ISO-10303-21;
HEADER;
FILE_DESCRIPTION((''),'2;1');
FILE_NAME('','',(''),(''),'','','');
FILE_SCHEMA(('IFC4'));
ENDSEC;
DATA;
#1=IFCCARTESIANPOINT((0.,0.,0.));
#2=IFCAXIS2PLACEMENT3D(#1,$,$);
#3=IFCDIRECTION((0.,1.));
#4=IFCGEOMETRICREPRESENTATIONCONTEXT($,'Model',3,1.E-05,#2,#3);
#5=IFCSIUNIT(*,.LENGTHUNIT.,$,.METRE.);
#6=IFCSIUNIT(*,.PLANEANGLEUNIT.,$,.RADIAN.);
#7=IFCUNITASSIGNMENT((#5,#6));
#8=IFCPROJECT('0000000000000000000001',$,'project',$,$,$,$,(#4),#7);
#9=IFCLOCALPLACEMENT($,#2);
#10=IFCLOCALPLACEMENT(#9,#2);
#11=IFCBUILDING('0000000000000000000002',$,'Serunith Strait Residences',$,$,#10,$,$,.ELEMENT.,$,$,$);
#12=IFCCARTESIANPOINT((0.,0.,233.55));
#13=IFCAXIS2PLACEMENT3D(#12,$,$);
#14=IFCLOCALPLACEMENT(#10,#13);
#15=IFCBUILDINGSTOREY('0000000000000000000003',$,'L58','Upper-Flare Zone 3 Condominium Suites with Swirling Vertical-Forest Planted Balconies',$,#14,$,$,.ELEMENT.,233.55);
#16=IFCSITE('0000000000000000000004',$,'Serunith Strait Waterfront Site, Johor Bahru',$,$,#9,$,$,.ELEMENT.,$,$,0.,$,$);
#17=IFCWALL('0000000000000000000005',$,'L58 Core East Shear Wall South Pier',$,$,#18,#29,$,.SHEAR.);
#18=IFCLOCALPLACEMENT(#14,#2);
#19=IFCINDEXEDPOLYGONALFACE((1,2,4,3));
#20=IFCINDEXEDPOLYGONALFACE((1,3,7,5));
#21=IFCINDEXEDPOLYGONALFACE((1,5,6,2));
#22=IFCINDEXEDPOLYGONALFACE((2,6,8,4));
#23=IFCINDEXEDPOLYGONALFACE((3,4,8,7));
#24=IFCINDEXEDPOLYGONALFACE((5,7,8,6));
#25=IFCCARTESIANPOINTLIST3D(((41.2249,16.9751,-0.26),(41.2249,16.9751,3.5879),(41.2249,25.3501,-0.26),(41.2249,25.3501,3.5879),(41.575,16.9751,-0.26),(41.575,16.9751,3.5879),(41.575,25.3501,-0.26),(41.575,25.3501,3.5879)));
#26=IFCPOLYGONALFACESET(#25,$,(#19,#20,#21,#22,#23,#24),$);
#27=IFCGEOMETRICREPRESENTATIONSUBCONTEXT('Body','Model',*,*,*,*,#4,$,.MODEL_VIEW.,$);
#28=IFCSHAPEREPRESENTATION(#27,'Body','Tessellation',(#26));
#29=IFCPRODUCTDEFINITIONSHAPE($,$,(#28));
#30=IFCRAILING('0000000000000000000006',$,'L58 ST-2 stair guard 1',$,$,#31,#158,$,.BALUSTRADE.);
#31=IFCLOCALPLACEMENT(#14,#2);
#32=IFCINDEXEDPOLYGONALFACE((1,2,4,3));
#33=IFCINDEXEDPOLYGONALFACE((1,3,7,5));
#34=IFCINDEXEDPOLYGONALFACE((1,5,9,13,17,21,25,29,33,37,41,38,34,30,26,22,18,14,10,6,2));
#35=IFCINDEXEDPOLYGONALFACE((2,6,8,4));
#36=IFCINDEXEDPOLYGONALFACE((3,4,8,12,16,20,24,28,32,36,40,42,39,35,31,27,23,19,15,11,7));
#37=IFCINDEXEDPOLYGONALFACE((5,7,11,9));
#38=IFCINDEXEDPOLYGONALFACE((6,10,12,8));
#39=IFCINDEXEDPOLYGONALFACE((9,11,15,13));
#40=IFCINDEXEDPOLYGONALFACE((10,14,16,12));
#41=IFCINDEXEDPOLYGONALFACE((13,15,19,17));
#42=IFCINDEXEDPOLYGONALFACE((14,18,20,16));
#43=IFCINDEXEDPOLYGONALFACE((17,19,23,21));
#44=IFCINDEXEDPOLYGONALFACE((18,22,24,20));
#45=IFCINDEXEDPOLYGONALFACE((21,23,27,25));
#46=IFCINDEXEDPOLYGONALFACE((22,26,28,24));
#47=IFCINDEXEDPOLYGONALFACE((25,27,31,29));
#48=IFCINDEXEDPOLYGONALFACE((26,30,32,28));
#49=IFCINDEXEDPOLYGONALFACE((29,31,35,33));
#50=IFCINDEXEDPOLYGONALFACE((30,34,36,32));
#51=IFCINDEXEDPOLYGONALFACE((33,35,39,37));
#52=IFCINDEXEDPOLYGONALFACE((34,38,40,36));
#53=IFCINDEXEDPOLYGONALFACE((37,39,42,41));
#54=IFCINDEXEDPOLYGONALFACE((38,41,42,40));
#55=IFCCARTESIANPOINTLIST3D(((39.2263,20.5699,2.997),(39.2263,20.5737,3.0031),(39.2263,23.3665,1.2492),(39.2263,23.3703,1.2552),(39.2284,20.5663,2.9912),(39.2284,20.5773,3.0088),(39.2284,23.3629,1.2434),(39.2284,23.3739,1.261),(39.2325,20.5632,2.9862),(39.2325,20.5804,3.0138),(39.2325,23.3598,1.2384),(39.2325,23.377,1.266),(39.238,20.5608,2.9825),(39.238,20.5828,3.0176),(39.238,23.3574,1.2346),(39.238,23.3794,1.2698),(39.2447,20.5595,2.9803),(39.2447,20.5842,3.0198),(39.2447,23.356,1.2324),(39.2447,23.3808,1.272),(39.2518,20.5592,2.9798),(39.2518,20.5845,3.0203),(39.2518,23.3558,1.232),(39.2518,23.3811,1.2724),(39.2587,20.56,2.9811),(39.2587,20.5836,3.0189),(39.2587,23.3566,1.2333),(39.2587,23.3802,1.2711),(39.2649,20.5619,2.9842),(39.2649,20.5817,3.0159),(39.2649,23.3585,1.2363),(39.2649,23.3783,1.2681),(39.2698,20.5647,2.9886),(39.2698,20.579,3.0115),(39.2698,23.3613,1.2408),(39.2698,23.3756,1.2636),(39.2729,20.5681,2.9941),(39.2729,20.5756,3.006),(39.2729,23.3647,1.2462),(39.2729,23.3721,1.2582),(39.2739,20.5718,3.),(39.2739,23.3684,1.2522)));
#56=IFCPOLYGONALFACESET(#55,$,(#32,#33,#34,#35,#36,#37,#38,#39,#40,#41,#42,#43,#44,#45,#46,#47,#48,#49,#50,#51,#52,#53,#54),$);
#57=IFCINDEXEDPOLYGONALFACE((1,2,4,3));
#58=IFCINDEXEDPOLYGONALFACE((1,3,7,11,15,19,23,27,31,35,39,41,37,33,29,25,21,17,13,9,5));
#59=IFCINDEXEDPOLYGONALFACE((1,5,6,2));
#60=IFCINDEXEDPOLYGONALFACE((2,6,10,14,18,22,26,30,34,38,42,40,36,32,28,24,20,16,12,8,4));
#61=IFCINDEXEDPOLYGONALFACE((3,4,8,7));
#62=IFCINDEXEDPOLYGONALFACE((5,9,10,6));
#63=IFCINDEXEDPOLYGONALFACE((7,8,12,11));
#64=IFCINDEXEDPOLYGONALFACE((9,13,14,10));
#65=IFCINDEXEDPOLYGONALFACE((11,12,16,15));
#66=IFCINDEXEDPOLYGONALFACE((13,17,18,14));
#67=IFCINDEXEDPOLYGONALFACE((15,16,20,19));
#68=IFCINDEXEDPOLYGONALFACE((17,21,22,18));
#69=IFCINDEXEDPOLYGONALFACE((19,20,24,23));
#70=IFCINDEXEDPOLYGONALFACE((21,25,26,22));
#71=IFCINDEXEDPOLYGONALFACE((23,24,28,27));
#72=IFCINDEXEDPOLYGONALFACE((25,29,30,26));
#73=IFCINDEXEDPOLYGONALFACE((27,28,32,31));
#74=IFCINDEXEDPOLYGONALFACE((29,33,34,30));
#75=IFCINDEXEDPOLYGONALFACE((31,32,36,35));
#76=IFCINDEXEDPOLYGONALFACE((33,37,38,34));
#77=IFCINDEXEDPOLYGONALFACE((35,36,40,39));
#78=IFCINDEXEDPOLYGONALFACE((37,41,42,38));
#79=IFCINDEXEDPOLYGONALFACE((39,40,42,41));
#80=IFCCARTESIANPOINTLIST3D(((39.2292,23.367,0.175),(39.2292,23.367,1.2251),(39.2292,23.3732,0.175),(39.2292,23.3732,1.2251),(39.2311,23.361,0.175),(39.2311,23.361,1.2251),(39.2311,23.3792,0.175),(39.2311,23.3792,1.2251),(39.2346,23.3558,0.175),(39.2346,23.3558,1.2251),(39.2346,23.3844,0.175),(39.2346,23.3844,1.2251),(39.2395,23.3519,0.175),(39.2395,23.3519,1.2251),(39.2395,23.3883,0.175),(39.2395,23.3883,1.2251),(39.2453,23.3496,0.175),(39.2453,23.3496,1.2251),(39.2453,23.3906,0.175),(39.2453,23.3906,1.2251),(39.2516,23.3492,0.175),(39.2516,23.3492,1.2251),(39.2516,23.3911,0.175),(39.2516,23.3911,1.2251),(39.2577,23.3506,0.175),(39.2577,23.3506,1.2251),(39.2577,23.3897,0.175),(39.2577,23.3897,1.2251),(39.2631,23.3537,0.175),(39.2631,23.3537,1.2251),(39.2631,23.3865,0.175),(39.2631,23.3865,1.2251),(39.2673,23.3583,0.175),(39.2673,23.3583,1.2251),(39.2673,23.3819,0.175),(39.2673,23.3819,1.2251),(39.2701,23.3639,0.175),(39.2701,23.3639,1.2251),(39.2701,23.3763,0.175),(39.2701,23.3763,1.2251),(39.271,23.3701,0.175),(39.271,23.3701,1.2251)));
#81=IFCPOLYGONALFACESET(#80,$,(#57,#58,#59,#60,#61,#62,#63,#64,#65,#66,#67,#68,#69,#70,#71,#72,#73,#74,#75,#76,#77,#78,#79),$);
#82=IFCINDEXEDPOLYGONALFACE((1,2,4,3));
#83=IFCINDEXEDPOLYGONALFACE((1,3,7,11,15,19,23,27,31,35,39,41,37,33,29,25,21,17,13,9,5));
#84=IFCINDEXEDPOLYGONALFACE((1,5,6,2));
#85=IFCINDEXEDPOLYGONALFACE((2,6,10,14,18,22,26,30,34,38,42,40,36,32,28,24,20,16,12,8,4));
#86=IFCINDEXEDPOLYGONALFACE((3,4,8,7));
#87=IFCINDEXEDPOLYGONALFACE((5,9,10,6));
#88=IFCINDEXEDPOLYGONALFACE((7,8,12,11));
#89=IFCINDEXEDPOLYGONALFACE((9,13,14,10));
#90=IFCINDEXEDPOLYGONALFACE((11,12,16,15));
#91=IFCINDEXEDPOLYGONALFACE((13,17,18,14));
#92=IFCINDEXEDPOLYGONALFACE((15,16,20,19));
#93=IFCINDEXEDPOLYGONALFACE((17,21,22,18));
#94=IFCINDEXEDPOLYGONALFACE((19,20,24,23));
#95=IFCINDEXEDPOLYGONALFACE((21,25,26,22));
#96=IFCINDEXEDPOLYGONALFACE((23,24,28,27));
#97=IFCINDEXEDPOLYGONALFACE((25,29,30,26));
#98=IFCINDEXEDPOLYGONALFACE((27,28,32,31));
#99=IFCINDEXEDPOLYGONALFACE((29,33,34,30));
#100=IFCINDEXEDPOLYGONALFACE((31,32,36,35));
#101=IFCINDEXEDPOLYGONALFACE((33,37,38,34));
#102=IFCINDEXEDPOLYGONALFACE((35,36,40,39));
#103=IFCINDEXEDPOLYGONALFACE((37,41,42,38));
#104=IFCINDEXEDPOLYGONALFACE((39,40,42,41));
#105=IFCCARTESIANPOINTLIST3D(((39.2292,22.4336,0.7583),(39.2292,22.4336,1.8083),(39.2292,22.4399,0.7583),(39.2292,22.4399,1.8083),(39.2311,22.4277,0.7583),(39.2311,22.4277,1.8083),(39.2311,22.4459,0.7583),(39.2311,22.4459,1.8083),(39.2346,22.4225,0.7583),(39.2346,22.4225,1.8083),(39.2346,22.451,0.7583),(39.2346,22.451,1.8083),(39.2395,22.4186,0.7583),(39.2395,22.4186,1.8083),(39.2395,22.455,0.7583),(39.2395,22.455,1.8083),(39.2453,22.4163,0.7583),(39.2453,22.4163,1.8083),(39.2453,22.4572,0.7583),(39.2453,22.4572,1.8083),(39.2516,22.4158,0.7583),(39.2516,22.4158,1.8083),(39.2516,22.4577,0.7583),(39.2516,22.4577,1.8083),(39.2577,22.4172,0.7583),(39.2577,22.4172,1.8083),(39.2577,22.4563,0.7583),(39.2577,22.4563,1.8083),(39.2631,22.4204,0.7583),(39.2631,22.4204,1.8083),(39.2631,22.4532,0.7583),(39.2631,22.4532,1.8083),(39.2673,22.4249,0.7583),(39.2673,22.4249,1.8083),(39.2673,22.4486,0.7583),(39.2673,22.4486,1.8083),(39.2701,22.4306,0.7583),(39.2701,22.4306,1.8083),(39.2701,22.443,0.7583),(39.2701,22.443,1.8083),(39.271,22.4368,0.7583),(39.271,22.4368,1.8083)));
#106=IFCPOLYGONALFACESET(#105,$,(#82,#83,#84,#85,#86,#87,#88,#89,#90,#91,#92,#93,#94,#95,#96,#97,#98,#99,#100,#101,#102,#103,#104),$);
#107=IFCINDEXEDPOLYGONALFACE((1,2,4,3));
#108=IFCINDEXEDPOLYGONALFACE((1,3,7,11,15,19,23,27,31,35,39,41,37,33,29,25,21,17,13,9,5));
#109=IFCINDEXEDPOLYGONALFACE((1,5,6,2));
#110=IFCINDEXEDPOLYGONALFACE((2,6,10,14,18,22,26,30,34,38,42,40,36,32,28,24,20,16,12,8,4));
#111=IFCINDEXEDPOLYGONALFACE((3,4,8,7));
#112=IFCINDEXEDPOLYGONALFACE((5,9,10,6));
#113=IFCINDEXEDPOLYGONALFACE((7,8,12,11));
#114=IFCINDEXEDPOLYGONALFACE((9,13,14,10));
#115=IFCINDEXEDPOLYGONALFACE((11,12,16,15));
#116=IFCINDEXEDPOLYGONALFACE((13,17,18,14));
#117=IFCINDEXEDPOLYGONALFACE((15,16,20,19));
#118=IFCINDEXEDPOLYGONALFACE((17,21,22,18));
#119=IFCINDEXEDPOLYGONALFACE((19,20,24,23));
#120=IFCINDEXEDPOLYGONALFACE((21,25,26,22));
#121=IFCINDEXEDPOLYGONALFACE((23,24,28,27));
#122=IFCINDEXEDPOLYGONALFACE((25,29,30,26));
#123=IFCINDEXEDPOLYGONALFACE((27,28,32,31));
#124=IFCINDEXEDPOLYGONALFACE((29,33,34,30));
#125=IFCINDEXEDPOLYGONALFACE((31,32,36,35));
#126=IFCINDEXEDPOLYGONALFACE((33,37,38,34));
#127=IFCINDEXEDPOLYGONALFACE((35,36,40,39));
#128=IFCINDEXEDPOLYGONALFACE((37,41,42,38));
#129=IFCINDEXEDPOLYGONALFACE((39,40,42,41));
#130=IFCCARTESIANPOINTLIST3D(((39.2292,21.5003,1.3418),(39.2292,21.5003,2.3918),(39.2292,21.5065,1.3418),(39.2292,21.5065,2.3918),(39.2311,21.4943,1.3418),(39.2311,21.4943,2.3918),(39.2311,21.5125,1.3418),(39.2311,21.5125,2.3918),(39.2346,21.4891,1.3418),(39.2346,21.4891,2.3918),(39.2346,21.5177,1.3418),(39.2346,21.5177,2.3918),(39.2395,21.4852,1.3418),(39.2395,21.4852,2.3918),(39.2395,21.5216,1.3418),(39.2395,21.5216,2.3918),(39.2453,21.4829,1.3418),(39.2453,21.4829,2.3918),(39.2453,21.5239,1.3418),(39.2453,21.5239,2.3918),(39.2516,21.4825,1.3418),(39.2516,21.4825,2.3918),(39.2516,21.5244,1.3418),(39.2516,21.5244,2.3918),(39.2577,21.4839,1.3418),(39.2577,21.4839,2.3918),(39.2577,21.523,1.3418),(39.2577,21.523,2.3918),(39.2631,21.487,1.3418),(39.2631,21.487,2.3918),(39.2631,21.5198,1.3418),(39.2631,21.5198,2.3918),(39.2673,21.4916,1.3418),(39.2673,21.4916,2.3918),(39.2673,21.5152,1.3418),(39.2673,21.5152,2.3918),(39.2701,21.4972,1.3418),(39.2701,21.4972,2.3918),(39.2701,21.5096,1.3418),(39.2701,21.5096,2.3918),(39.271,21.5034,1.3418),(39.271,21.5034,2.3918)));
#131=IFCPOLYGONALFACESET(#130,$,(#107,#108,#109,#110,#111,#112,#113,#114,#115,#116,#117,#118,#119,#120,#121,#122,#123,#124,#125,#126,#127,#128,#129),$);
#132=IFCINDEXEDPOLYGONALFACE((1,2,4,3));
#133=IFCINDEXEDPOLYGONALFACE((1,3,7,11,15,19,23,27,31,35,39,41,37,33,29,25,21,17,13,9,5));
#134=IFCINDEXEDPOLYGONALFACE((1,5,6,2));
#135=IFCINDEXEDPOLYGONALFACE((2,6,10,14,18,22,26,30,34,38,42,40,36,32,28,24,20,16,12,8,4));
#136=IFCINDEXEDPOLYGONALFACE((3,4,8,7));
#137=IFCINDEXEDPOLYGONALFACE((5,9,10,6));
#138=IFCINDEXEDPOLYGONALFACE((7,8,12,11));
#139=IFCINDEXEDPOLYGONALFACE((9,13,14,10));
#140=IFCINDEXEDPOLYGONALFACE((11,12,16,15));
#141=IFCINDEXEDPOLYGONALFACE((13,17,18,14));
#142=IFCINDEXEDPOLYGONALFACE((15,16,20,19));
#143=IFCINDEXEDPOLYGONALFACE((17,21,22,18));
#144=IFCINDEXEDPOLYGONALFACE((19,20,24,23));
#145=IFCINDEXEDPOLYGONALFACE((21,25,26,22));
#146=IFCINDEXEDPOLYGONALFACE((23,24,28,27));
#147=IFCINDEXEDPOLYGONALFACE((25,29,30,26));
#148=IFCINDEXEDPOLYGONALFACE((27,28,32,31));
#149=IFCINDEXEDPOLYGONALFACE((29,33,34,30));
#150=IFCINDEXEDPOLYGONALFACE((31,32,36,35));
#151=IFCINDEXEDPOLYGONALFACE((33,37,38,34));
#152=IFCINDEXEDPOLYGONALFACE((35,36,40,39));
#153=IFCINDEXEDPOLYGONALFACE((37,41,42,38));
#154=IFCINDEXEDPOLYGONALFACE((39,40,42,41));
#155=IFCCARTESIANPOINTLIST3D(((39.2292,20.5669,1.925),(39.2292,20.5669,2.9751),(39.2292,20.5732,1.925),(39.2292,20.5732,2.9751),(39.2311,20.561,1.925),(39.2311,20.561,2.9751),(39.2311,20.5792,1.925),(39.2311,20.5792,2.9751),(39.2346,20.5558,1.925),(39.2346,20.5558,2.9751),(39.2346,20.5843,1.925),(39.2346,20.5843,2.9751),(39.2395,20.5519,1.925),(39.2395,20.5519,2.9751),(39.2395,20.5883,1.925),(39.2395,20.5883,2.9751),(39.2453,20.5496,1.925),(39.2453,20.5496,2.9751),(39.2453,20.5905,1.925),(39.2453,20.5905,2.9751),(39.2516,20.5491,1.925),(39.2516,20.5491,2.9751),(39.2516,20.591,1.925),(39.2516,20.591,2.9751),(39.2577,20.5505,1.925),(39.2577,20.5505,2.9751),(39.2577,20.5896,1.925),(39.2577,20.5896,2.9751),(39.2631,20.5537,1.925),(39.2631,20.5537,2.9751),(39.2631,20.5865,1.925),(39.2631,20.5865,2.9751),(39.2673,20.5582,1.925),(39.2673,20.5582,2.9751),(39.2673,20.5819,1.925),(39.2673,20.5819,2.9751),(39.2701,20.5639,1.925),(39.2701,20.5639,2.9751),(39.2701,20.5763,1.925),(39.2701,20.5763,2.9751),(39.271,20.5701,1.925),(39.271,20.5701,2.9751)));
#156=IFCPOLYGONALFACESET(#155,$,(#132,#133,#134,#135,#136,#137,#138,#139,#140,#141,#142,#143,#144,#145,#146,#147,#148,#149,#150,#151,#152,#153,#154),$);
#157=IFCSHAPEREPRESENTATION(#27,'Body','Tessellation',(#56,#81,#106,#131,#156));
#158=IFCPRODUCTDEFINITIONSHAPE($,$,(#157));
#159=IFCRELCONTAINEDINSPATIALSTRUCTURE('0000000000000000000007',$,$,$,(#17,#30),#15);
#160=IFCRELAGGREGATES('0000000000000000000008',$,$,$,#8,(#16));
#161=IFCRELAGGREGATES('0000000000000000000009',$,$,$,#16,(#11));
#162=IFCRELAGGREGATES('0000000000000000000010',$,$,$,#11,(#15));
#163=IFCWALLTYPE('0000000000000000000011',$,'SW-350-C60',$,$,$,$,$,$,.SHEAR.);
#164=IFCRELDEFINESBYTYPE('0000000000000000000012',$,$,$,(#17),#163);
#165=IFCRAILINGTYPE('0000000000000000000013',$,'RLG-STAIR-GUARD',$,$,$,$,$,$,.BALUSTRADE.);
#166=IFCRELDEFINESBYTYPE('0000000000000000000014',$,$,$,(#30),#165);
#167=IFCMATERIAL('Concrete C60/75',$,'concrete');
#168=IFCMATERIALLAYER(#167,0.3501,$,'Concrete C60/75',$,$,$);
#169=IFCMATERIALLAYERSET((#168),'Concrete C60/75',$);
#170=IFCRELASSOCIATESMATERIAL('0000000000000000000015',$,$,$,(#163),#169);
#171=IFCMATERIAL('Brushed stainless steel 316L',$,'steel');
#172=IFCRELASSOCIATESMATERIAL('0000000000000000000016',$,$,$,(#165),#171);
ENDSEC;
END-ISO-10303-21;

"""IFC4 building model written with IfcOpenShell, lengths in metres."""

from ifc_helpers import new_model, si_unit, direction, frame, frame_2d, origin, origin_2d, place, context, subcontext, project, spatial, rectangle, circle, extrude, material, layer, layer_set, type_object, element, save


model = new_model("IFC4")

# Units and contexts
model_context = context("Model", 3, precision=1e-05, world=origin(), true_north=direction((0.0, 1.0)))
body_context = subcontext(model_context, "Body", "Model", "MODEL_VIEW")
ifc_project = project(units=[si_unit("LENGTHUNIT", "METRE"), si_unit("PLANEANGLEUNIT", "RADIAN")], contexts=[model_context])

# Site, building, storey
site_placement = place(None, origin())
site = spatial("IfcSite", under=ifc_project, at=site_placement, Name="Serunith Strait Waterfront Site, Johor Bahru", CompositionType="ELEMENT", RefElevation=0.0)
building_placement = place(site_placement, origin())
building = spatial("IfcBuilding", under=site, at=building_placement, Name="Serunith Strait Residences", CompositionType="ELEMENT")
storey_placement = place(building_placement, frame((0.0, 0.0, 233.55)))
storey = spatial("IfcBuildingStorey", under=building, at=storey_placement, Name="L58", Description="Upper-Flare Zone 3 Condominium Suites with Swirling Vertical-Forest Planted Balconies", CompositionType="ELEMENT", Elevation=233.55)

# Shared definitions
ifc_material_1 = material(Name="Concrete C60/75", Category="concrete")

# Wall
ifc_layer_1 = layer(ifc_material_1, 0.3501, Name="Concrete C60/75")
ifc_layer_set_1 = layer_set([ifc_layer_1], Name="Concrete C60/75")
wall_type_1 = type_object("IfcWallType", Name="SW-350-C60", PredefinedType="SHEAR", material=ifc_layer_set_1)
wall_1_placement = place(storey_placement, frame((41.3999, 16.9751, -0.26), z_axis=(0.0, 0.0, 1.0), x_axis=(0.0, 1.0, 0.0)))
element("IfcWall", 1, at=wall_1_placement, inside=storey, type_object=wall_type_1, Name="L58 Core East Shear Wall South Pier", PredefinedType="SHEAR", context=body_context, shape_type="SweptSolid", body=[
    extrude(rectangle(XDim=8.375, YDim=0.3501, at=frame_2d((4.1875, 0.0))), origin(), (0.0, 0.0, 1.0), 3.8479),
])

# Railing
ifc_material_2 = material(Name="Brushed stainless steel 316L", Category="steel")
railing_type_1 = type_object("IfcRailingType", Name="RLG-STAIR-GUARD", PredefinedType="BALUSTRADE", material=ifc_material_2)
railing_1_placement = place(storey_placement, frame((39.25, 23.3701, 0.175)))
element("IfcRailing", 2, at=railing_1_placement, inside=storey, type_object=railing_type_1, Name="L58 ST-2 stair guard 1", PredefinedType="BALUSTRADE", context=body_context, shape_type="SweptSolid", body=[
    extrude(circle(Radius=0.0239, at=origin_2d()), frame((0.0, -0.0017, 1.0771), z_axis=(0.0, -0.848002, 0.529992), x_axis=(1.0, 0.0, 0.0)), (0.0, 0.0, 1.0), 3.2979),
    extrude(circle(Radius=0.021, at=origin_2d()), origin(), (0.0, 0.0, 1.0), 1.05),
    extrude(circle(Radius=0.021, at=origin_2d()), frame((0.0, -0.9333, 0.5833)), (0.0, 0.0, 1.0), 1.05),
    extrude(circle(Radius=0.021, at=origin_2d()), frame((0.0, -1.8667, 1.1667)), (0.0, 0.0, 1.0), 1.05),
    extrude(circle(Radius=0.021, at=origin_2d()), frame((0.0, -2.8, 1.75)), (0.0, 0.0, 1.0), 1.05),
])

save(model, "model.ifc")
